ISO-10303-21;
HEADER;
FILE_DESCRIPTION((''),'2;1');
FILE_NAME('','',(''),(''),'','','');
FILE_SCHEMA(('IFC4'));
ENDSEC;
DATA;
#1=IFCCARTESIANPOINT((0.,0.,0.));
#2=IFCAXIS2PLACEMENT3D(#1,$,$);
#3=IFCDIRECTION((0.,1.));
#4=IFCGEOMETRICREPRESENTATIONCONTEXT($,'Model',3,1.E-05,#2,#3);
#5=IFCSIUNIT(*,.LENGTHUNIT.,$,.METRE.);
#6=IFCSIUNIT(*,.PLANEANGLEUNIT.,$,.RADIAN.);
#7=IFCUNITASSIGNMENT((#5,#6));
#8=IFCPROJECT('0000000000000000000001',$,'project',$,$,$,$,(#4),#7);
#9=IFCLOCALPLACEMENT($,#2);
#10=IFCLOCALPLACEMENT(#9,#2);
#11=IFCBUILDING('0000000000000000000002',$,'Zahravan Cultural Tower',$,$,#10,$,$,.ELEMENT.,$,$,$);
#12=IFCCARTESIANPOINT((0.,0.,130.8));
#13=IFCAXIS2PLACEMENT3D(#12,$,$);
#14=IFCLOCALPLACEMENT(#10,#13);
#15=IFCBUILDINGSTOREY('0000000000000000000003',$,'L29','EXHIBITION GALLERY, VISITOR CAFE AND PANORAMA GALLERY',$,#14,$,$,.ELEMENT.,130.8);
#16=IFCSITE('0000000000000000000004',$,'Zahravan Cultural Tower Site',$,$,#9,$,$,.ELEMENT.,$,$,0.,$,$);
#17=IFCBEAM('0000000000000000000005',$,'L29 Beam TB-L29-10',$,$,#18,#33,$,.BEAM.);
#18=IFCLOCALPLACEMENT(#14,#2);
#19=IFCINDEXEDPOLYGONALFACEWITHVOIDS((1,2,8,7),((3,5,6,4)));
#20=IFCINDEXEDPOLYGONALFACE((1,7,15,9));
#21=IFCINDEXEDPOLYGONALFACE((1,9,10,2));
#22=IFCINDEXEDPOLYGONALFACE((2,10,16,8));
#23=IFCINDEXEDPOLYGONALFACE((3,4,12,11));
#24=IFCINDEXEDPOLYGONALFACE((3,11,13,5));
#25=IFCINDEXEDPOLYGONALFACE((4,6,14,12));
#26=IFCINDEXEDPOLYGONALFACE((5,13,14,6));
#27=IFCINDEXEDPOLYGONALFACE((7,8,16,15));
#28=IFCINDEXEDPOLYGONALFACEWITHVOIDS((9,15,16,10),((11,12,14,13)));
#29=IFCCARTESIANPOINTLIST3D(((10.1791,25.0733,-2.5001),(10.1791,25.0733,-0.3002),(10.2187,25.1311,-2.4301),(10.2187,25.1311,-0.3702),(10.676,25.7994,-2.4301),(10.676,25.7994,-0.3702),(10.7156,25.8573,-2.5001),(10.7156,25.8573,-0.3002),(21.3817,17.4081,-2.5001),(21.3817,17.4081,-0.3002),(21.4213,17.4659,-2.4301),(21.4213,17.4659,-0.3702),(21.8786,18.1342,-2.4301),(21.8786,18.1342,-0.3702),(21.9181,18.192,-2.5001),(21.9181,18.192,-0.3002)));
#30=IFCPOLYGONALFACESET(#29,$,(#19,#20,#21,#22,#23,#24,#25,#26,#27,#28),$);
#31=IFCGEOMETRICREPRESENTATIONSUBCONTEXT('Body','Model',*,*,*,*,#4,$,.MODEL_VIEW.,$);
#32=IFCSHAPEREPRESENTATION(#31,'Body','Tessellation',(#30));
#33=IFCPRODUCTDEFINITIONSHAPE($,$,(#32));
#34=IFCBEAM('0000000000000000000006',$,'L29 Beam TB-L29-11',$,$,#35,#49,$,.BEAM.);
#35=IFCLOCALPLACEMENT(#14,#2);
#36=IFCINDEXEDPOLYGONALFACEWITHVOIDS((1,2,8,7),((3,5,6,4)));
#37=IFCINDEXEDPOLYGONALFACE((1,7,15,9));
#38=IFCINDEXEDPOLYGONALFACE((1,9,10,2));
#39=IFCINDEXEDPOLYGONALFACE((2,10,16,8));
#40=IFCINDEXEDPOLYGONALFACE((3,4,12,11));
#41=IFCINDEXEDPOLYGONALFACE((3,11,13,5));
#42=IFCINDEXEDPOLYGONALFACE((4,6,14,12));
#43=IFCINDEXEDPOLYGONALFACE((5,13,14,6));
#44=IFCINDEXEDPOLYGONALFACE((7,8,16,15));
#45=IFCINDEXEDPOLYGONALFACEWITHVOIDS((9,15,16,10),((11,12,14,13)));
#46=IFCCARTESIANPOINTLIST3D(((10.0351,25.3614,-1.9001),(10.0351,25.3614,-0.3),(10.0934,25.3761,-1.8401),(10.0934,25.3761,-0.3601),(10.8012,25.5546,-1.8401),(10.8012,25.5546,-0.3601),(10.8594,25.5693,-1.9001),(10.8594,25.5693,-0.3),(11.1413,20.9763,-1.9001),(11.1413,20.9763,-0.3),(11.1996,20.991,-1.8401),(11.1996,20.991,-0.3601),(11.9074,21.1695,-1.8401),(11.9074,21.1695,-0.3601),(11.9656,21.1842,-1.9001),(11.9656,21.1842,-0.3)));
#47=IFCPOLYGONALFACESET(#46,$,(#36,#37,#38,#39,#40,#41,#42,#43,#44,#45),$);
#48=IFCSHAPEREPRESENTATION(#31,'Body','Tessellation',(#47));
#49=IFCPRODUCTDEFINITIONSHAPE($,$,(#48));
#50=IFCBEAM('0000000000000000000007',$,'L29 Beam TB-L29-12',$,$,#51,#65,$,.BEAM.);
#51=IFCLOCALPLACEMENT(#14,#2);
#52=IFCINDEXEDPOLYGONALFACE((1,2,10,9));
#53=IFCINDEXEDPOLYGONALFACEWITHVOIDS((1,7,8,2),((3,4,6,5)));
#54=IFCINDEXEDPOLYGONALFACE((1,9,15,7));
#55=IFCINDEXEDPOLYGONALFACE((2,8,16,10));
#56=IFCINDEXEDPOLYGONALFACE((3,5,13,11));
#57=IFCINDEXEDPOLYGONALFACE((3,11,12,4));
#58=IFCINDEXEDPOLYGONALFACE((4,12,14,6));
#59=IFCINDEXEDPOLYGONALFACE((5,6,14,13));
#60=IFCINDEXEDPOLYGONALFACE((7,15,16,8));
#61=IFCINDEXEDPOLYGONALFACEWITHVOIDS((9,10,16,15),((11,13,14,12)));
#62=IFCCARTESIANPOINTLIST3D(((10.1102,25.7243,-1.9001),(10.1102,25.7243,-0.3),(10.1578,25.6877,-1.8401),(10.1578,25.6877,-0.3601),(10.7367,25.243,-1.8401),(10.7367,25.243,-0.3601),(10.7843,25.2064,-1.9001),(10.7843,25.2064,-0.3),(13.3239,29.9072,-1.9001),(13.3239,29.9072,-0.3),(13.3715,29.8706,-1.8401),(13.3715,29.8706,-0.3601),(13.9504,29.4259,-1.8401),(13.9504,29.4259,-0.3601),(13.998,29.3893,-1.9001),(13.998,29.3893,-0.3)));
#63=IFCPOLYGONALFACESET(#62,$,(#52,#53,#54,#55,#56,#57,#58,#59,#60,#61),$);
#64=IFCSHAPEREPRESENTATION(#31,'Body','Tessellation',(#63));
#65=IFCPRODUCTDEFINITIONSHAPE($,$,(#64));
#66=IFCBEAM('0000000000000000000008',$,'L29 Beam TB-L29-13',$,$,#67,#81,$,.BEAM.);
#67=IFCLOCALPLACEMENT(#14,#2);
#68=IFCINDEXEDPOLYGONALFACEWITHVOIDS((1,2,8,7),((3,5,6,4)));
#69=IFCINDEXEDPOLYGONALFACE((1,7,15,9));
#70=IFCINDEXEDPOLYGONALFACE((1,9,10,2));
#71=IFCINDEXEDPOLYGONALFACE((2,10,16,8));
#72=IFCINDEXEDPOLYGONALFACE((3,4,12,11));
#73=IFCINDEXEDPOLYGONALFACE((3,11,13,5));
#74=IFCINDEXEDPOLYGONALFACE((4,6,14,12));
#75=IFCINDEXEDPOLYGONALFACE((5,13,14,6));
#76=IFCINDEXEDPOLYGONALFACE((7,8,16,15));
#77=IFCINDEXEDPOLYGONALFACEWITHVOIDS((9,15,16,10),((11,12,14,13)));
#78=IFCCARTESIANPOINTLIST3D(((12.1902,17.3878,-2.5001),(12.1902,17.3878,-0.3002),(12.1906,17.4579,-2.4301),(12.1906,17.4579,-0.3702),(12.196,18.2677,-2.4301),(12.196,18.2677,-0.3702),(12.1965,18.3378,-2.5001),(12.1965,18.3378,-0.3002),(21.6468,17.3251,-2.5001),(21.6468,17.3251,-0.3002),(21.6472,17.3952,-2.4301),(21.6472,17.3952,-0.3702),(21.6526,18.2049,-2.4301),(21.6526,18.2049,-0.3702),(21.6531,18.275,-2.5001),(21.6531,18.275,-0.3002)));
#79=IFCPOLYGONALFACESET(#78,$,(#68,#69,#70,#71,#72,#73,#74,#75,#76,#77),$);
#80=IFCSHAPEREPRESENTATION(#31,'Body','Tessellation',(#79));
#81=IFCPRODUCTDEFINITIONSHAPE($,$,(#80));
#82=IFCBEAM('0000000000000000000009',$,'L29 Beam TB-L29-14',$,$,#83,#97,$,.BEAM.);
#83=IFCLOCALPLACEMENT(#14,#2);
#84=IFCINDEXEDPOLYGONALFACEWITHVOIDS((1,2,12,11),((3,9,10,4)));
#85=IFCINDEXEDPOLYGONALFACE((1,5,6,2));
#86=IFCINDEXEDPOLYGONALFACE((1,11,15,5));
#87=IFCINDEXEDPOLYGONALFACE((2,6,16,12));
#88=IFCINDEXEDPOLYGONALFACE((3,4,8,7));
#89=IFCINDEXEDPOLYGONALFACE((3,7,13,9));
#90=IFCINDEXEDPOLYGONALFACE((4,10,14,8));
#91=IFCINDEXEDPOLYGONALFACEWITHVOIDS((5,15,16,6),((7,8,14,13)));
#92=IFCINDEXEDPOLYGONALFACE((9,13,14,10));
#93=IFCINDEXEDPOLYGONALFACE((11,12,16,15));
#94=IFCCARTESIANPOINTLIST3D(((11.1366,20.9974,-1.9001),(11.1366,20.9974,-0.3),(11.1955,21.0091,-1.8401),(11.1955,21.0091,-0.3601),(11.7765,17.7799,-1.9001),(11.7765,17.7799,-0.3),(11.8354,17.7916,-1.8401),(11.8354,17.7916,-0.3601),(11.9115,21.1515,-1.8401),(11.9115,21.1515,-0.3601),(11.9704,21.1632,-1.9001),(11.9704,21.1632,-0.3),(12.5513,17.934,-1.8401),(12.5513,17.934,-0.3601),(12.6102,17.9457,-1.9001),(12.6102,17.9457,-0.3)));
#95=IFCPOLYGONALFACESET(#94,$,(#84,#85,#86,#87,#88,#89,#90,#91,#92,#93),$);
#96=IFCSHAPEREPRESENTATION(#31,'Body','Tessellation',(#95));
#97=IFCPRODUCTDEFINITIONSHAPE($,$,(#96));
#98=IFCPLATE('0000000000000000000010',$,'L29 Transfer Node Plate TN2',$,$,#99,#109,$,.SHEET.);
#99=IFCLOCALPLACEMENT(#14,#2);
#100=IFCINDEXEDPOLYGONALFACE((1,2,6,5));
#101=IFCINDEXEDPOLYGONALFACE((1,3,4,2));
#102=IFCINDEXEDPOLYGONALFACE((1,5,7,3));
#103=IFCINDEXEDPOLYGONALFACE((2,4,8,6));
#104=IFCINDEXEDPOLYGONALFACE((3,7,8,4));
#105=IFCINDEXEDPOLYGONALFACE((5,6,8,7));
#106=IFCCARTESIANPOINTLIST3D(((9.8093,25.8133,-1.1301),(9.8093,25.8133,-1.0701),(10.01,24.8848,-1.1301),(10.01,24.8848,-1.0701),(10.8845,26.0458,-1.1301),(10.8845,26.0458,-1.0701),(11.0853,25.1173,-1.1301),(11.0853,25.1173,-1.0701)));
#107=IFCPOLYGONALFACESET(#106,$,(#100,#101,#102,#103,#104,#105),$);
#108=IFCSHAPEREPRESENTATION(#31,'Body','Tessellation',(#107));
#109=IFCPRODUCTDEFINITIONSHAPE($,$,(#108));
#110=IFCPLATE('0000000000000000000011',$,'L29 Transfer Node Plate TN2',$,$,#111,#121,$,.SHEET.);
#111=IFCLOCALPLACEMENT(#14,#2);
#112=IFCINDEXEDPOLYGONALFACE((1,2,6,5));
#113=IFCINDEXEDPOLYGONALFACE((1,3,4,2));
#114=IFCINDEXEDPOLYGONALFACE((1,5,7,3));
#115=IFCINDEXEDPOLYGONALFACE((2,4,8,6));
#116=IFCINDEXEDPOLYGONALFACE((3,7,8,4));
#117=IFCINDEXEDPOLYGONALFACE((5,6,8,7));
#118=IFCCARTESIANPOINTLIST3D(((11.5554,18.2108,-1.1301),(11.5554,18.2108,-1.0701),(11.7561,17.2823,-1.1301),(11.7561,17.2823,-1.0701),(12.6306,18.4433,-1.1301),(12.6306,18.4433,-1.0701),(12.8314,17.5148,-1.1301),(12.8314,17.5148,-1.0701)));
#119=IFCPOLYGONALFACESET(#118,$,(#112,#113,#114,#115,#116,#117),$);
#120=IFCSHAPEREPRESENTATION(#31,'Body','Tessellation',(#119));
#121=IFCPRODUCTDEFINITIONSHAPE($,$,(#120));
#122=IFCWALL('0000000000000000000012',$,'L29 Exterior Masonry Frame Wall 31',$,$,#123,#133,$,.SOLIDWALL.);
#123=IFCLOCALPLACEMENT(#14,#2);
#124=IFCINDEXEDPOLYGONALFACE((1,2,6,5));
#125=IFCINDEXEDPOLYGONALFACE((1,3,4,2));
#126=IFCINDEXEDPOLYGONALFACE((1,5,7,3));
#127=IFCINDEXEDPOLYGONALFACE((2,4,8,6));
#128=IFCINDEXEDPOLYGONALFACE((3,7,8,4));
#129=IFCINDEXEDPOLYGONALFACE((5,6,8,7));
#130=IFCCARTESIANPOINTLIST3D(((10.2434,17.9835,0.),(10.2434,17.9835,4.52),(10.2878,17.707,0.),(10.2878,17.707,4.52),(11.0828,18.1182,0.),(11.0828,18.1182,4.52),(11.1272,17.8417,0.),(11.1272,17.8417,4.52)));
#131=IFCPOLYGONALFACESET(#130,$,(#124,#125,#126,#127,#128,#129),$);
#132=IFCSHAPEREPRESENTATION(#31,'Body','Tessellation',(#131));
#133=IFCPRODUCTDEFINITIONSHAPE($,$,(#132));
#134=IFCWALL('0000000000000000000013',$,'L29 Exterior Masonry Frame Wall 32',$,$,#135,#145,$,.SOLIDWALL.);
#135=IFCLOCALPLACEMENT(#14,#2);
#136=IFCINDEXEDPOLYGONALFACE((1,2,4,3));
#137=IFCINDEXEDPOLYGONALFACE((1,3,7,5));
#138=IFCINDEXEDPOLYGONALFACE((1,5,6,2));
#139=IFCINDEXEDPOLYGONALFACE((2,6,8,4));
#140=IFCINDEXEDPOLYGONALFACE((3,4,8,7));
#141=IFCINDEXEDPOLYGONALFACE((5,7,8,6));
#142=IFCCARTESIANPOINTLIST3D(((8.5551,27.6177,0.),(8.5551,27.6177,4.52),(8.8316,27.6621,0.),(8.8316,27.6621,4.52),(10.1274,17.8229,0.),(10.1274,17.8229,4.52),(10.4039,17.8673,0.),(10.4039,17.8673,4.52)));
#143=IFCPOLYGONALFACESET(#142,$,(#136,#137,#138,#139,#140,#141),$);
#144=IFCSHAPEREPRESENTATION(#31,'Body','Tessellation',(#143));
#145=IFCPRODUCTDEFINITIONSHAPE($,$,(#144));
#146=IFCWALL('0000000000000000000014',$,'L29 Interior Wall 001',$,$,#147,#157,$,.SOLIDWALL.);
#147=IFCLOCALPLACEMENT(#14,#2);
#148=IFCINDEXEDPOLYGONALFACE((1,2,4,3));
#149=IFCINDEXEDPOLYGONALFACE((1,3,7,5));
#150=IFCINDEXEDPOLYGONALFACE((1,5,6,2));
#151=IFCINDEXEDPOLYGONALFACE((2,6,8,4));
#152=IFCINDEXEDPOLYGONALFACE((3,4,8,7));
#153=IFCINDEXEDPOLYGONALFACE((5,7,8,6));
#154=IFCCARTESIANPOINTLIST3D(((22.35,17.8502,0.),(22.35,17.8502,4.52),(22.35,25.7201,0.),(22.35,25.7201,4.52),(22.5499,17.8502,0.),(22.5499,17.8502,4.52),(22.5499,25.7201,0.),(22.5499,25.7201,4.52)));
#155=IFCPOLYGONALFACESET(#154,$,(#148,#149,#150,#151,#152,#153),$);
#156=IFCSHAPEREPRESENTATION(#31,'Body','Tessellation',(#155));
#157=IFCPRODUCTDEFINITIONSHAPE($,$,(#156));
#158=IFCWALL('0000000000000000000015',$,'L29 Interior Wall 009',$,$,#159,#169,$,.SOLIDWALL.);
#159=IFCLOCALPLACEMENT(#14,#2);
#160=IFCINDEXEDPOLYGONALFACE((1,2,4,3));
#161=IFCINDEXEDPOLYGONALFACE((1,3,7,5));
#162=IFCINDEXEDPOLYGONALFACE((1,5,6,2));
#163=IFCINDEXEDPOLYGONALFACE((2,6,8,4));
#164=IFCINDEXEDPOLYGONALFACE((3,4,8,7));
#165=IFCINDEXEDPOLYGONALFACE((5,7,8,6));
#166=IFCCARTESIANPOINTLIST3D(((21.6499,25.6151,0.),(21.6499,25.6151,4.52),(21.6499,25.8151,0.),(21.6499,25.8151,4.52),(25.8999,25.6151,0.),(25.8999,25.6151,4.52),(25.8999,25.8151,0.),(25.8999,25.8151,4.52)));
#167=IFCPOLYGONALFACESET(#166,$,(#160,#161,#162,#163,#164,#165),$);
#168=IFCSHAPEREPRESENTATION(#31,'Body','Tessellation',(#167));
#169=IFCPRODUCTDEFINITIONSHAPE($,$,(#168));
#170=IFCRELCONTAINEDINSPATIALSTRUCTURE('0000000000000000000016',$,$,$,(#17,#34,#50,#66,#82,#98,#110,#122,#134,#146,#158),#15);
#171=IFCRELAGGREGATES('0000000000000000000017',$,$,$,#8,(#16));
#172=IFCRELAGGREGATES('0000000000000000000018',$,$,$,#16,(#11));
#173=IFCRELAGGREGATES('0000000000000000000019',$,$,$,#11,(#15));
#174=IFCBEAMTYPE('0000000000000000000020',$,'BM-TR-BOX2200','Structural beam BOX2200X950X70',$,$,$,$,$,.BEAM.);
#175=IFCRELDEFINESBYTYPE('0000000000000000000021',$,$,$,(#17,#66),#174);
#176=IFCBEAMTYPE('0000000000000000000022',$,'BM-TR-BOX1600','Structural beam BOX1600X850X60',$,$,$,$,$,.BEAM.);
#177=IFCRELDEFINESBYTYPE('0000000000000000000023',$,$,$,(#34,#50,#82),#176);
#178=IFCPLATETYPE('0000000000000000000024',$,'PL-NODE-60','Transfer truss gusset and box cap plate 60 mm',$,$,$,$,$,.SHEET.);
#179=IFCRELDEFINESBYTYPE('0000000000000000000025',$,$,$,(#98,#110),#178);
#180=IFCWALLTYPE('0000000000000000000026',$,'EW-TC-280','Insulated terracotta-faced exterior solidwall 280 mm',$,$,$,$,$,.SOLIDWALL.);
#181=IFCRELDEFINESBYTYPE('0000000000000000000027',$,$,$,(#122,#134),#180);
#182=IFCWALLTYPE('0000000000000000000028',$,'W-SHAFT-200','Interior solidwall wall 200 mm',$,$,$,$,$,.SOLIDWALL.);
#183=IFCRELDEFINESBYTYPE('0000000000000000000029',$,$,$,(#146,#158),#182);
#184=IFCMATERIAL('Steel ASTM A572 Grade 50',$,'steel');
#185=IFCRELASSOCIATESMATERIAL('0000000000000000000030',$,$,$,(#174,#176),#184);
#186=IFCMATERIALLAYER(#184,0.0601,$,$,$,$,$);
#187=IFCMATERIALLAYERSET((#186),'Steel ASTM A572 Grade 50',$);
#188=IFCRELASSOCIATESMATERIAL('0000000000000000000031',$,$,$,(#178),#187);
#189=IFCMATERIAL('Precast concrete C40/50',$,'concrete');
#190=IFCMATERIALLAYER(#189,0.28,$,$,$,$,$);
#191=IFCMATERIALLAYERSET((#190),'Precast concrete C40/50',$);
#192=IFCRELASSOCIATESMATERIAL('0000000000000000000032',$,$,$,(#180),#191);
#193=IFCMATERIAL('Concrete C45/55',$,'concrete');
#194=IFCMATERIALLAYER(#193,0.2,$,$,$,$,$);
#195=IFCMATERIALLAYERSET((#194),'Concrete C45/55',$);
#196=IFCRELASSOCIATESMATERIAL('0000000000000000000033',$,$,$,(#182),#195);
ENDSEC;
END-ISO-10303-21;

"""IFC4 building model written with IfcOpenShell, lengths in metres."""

from ifc_helpers import new_model, si_unit, direction, frame, frame_2d, origin, origin_2d, place, context, subcontext, project, spatial, rectangle, hollow_rectangle, extrude, source, transform, mapped, material, layer, layer_set, material_profile, profile_set, type_object, element, save


model = new_model("IFC4")

# Units and contexts
model_context = context("Model", 3, precision=1e-05, world=origin(), true_north=direction((0.0, 1.0)))
body_context = subcontext(model_context, "Body", "Model", "MODEL_VIEW")
ifc_project = project(units=[si_unit("LENGTHUNIT", "METRE"), si_unit("PLANEANGLEUNIT", "RADIAN")], contexts=[model_context])

# Site, building, storey
site_placement = place(None, origin())
site = spatial("IfcSite", under=ifc_project, at=site_placement, Name="Zahravan Cultural Tower Site", CompositionType="ELEMENT", RefElevation=0.0)
building_placement = place(site_placement, origin())
building = spatial("IfcBuilding", under=site, at=building_placement, Name="Zahravan Cultural Tower", CompositionType="ELEMENT")
storey_placement = place(building_placement, frame((0.0, 0.0, 130.8)))
storey = spatial("IfcBuildingStorey", under=building, at=storey_placement, Name="L29", Description="EXHIBITION GALLERY, VISITOR CAFE AND PANORAMA GALLERY", CompositionType="ELEMENT", Elevation=130.8)

# Beams
ifc_material_1 = material(Name="Steel ASTM A572 Grade 50", Category="steel")
ifc_material_profile_1 = material_profile(ifc_material_1, hollow_rectangle(XDim=0.95, YDim=2.2, WallThickness=0.0701, at=origin_2d()), Name="BOX2200X950X70")
ifc_profile_set_1 = profile_set([ifc_material_profile_1], Name="Steel ASTM A572 Grade 50")
beam_type_1 = type_object("IfcBeamType", Name="BM-TR-BOX2200", Description="Structural beam BOX2200X950X70", PredefinedType="BEAM", material=ifc_profile_set_1)
shared_shape_1 = source(origin(), body_context, "Body", "SweptSolid", [
    extrude(hollow_rectangle(XDim=0.95, YDim=2.2, WallThickness=0.0701, at=origin_2d()), origin(), (0.0, 0.0, 1.0), 13.574),
])
beam_1_placement = place(storey_placement, frame((21.6499, 17.8, -1.4001), z_axis=(-0.825296, 0.5647, 0.0), x_axis=(-0.5647, -0.825296, 0.0)))
element("IfcBeam", 1, at=beam_1_placement, inside=storey, type_object=beam_type_1, Name="L29 Beam TB-L29-10", PredefinedType="BEAM", context=body_context, shape_type="MappedRepresentation", body=[
    mapped(shared_shape_1, transform((0.0, 0.0, 0.0), x_axis=(1.0, 0.0, 0.0), y_axis=(0.0, 1.0, 0.0), z_axis=(0.0, 0.0, 1.0), scale=1.0)),
])
ifc_material_profile_2 = material_profile(ifc_material_1, hollow_rectangle(XDim=0.8501, YDim=1.6001, WallThickness=0.0601, at=origin_2d()), Name="BOX1600X850X60")
ifc_profile_set_2 = profile_set([ifc_material_profile_2], Name="Steel ASTM A572 Grade 50")
beam_type_2 = type_object("IfcBeamType", Name="BM-TR-BOX1600", Description="Structural beam BOX1600X850X60", PredefinedType="BEAM", material=ifc_profile_set_2)
shared_shape_2 = source(origin(), body_context, "Body", "SweptSolid", [
    extrude(hollow_rectangle(XDim=0.8501, YDim=1.6001, WallThickness=0.0601, at=origin_2d()), origin(), (0.0, 0.0, 1.0), 4.5225),
])
beam_2_placement = place(storey_placement, frame((10.4473, 25.4653, -1.1001), z_axis=(0.244606, -0.969623, 0.0), x_axis=(0.969623, 0.244606, 0.0)))
element("IfcBeam", 2, at=beam_2_placement, inside=storey, type_object=beam_type_2, Name="L29 Beam TB-L29-11", PredefinedType="BEAM", context=body_context, shape_type="MappedRepresentation", body=[
    mapped(shared_shape_2, transform((0.0, 0.0, 0.0), x_axis=(1.0, 0.0, 0.0), y_axis=(0.0, 1.0, 0.0), z_axis=(0.0, 0.0, 1.0), scale=1.0)),
])
shared_shape_3 = source(origin(), body_context, "Body", "SweptSolid", [
    extrude(hollow_rectangle(XDim=0.8501, YDim=1.6001, WallThickness=0.0601, at=origin_2d()), origin(), (0.0, 0.0, 1.0), 5.2749),
])
beam_3_placement = place(storey_placement, frame((10.4473, 25.4653, -1.1001), z_axis=(0.609239, 0.792987, 0.0), x_axis=(-0.792987, 0.609239, 0.0)))
element("IfcBeam", 3, at=beam_3_placement, inside=storey, type_object=beam_type_2, Name="L29 Beam TB-L29-12", PredefinedType="BEAM", context=body_context, shape_type="MappedRepresentation", body=[
    mapped(shared_shape_3, transform((0.0, 0.0, 0.0), x_axis=(1.0, 0.0, 0.0), y_axis=(0.0, 1.0, 0.0), z_axis=(0.0, 0.0, 1.0), scale=1.0)),
])
shared_shape_4 = source(origin(), body_context, "Body", "SweptSolid", [
    extrude(hollow_rectangle(XDim=0.95, YDim=2.2, WallThickness=0.0701, at=origin_2d()), origin(), (0.0, 0.0, 1.0), 9.4568),
])
beam_4_placement = place(storey_placement, frame((21.6499, 17.8, -1.4001), z_axis=(-0.999978, 0.006635, 0.0), x_axis=(-0.006635, -0.999978, 0.0)))
element("IfcBeam", 4, at=beam_4_placement, inside=storey, type_object=beam_type_1, Name="L29 Beam TB-L29-13", PredefinedType="BEAM", context=body_context, shape_type="MappedRepresentation", body=[
    mapped(shared_shape_4, transform((0.0, 0.0, 0.0), x_axis=(1.0, 0.0, 0.0), y_axis=(0.0, 1.0, 0.0), z_axis=(0.0, 0.0, 1.0), scale=1.0)),
])
shared_shape_5 = source(origin(), body_context, "Body", "SweptSolid", [
    extrude(hollow_rectangle(XDim=0.8501, YDim=1.6001, WallThickness=0.0601, at=origin_2d()), origin(), (0.0, 0.0, 1.0), 3.2805),
])
beam_5_placement = place(storey_placement, frame((12.1934, 17.8628, -1.1001), z_axis=(-0.195057, 0.980792, 0.0), x_axis=(-0.980792, -0.195057, 0.0)))
element("IfcBeam", 5, at=beam_5_placement, inside=storey, type_object=beam_type_2, Name="L29 Beam TB-L29-14", PredefinedType="BEAM", context=body_context, shape_type="MappedRepresentation", body=[
    mapped(shared_shape_5, transform((0.0, 0.0, 0.0), x_axis=(1.0, 0.0, 0.0), y_axis=(0.0, 1.0, 0.0), z_axis=(0.0, 0.0, 1.0), scale=1.0)),
])

# Plates
ifc_layer_1 = layer(ifc_material_1, 0.0601)
ifc_layer_set_1 = layer_set([ifc_layer_1], Name="Steel ASTM A572 Grade 50")
plate_type = type_object("IfcPlateType", Name="PL-NODE-60", Description="Transfer truss gusset and box cap plate 60 mm", PredefinedType="SHEET", material=ifc_layer_set_1)
shared_shape_6 = source(origin(), body_context, "Body", "SweptSolid", [
    extrude(rectangle(XDim=1.1001, YDim=0.95, at=origin_2d()), origin(), (0.0, 0.0, 1.0), 0.0601),
])
for number, where, z_axis, x_axis, name in (
    (6, (10.4473, 25.4653, -1.1301), (0.0, 0.0, 1.0), (0.977416, 0.211325, 0.0), "L29 Transfer Node Plate TN2"),
    (7, (12.1934, 17.8628, -1.1301), (0.0, 0.0, 1.0), (0.977416, 0.211325, 0.0), "L29 Transfer Node Plate TN2"),
):
    element("IfcPlate", number, at=place(storey_placement, frame(where, z_axis=z_axis, x_axis=x_axis)), inside=storey, type_object=plate_type, Name=name, PredefinedType="SHEET", context=body_context, shape_type="MappedRepresentation", body=[
        mapped(shared_shape_6, transform((0.0, 0.0, 0.0), x_axis=(1.0, 0.0, 0.0), y_axis=(0.0, 1.0, 0.0), z_axis=(0.0, 0.0, 1.0), scale=1.0)),
    ])

# Walls
ifc_material_2 = material(Name="Precast concrete C40/50", Category="concrete")
ifc_layer_2 = layer(ifc_material_2, 0.28)
ifc_layer_set_2 = layer_set([ifc_layer_2], Name="Precast concrete C40/50")
wall_type_1 = type_object("IfcWallType", Name="EW-TC-280", Description="Insulated terracotta-faced exterior solidwall 280 mm", PredefinedType="SOLIDWALL", material=ifc_layer_set_2)
shared_shape_7 = source(origin(), body_context, "Body", "SweptSolid", [
    extrude(rectangle(XDim=0.8501, YDim=0.28, at=frame_2d((0.425, 0.0))), origin(), (0.0, 0.0, 1.0), 4.52),
])
wall_1_placement = place(storey_placement, frame((11.105, 17.98, 0.0), z_axis=(0.0, 0.0, 1.0), x_axis=(-0.987354, -0.158528, 0.0)))
element("IfcWall", 8, at=wall_1_placement, inside=storey, type_object=wall_type_1, Name="L29 Exterior Masonry Frame Wall 31", PredefinedType="SOLIDWALL", context=body_context, shape_type="MappedRepresentation", body=[
    mapped(shared_shape_7, transform((0.0, 0.0, 0.0), x_axis=(1.0, 0.0, 0.0), y_axis=(0.0, 1.0, 0.0), z_axis=(0.0, 0.0, 1.0), scale=1.0)),
])
shared_shape_8 = source(origin(), body_context, "Body", "SweptSolid", [
    extrude(rectangle(XDim=9.9202, YDim=0.28, at=frame_2d((4.96, 0.0))), origin(), (0.0, 0.0, 1.0), 4.52),
])
wall_2_placement = place(storey_placement, frame((10.2656, 17.8452, 0.0), z_axis=(0.0, 0.0, 1.0), x_axis=(-0.158493, 0.98736, 0.0)))
element("IfcWall", 9, at=wall_2_placement, inside=storey, type_object=wall_type_1, Name="L29 Exterior Masonry Frame Wall 32", PredefinedType="SOLIDWALL", context=body_context, shape_type="MappedRepresentation", body=[
    mapped(shared_shape_8, transform((0.0, 0.0, 0.0), x_axis=(1.0, 0.0, 0.0), y_axis=(0.0, 1.0, 0.0), z_axis=(0.0, 0.0, 1.0), scale=1.0)),
])
ifc_material_3 = material(Name="Concrete C45/55", Category="concrete")
ifc_layer_3 = layer(ifc_material_3, 0.2)
ifc_layer_set_3 = layer_set([ifc_layer_3], Name="Concrete C45/55")
wall_type_2 = type_object("IfcWallType", Name="W-SHAFT-200", Description="Interior solidwall wall 200 mm", PredefinedType="SOLIDWALL", material=ifc_layer_set_3)
shared_shape_9 = source(origin(), body_context, "Body", "SweptSolid", [
    extrude(rectangle(XDim=7.8699, YDim=0.2, at=frame_2d((3.9351, 0.0))), origin(), (0.0, 0.0, 1.0), 4.52),
])
wall_3_placement = place(storey_placement, frame((22.45, 17.8501, 0.0), z_axis=(0.0, 0.0, 1.0), x_axis=(0.0, 1.0, 0.0)))
element("IfcWall", 10, at=wall_3_placement, inside=storey, type_object=wall_type_2, Name="L29 Interior Wall 001", PredefinedType="SOLIDWALL", context=body_context, shape_type="MappedRepresentation", body=[
    mapped(shared_shape_9, transform((0.0, 0.0, 0.0), x_axis=(1.0, 0.0, 0.0), y_axis=(0.0, 1.0, 0.0), z_axis=(0.0, 0.0, 1.0), scale=1.0)),
])
shared_shape_10 = source(origin(), body_context, "Body", "SweptSolid", [
    extrude(rectangle(XDim=4.25, YDim=0.2, at=frame_2d((2.125, 0.0))), origin(), (0.0, 0.0, 1.0), 4.52),
])
wall_4_placement = place(storey_placement, frame((21.6499, 25.7151, 0.0), z_axis=(0.0, 0.0, 1.0), x_axis=(1.0, 0.0, 0.0)))
element("IfcWall", 11, at=wall_4_placement, inside=storey, type_object=wall_type_2, Name="L29 Interior Wall 009", PredefinedType="SOLIDWALL", context=body_context, shape_type="MappedRepresentation", body=[
    mapped(shared_shape_10, transform((0.0, 0.0, 0.0), x_axis=(1.0, 0.0, 0.0), y_axis=(0.0, 1.0, 0.0), z_axis=(0.0, 0.0, 1.0), scale=1.0)),
])

save(model, "model.ifc")
